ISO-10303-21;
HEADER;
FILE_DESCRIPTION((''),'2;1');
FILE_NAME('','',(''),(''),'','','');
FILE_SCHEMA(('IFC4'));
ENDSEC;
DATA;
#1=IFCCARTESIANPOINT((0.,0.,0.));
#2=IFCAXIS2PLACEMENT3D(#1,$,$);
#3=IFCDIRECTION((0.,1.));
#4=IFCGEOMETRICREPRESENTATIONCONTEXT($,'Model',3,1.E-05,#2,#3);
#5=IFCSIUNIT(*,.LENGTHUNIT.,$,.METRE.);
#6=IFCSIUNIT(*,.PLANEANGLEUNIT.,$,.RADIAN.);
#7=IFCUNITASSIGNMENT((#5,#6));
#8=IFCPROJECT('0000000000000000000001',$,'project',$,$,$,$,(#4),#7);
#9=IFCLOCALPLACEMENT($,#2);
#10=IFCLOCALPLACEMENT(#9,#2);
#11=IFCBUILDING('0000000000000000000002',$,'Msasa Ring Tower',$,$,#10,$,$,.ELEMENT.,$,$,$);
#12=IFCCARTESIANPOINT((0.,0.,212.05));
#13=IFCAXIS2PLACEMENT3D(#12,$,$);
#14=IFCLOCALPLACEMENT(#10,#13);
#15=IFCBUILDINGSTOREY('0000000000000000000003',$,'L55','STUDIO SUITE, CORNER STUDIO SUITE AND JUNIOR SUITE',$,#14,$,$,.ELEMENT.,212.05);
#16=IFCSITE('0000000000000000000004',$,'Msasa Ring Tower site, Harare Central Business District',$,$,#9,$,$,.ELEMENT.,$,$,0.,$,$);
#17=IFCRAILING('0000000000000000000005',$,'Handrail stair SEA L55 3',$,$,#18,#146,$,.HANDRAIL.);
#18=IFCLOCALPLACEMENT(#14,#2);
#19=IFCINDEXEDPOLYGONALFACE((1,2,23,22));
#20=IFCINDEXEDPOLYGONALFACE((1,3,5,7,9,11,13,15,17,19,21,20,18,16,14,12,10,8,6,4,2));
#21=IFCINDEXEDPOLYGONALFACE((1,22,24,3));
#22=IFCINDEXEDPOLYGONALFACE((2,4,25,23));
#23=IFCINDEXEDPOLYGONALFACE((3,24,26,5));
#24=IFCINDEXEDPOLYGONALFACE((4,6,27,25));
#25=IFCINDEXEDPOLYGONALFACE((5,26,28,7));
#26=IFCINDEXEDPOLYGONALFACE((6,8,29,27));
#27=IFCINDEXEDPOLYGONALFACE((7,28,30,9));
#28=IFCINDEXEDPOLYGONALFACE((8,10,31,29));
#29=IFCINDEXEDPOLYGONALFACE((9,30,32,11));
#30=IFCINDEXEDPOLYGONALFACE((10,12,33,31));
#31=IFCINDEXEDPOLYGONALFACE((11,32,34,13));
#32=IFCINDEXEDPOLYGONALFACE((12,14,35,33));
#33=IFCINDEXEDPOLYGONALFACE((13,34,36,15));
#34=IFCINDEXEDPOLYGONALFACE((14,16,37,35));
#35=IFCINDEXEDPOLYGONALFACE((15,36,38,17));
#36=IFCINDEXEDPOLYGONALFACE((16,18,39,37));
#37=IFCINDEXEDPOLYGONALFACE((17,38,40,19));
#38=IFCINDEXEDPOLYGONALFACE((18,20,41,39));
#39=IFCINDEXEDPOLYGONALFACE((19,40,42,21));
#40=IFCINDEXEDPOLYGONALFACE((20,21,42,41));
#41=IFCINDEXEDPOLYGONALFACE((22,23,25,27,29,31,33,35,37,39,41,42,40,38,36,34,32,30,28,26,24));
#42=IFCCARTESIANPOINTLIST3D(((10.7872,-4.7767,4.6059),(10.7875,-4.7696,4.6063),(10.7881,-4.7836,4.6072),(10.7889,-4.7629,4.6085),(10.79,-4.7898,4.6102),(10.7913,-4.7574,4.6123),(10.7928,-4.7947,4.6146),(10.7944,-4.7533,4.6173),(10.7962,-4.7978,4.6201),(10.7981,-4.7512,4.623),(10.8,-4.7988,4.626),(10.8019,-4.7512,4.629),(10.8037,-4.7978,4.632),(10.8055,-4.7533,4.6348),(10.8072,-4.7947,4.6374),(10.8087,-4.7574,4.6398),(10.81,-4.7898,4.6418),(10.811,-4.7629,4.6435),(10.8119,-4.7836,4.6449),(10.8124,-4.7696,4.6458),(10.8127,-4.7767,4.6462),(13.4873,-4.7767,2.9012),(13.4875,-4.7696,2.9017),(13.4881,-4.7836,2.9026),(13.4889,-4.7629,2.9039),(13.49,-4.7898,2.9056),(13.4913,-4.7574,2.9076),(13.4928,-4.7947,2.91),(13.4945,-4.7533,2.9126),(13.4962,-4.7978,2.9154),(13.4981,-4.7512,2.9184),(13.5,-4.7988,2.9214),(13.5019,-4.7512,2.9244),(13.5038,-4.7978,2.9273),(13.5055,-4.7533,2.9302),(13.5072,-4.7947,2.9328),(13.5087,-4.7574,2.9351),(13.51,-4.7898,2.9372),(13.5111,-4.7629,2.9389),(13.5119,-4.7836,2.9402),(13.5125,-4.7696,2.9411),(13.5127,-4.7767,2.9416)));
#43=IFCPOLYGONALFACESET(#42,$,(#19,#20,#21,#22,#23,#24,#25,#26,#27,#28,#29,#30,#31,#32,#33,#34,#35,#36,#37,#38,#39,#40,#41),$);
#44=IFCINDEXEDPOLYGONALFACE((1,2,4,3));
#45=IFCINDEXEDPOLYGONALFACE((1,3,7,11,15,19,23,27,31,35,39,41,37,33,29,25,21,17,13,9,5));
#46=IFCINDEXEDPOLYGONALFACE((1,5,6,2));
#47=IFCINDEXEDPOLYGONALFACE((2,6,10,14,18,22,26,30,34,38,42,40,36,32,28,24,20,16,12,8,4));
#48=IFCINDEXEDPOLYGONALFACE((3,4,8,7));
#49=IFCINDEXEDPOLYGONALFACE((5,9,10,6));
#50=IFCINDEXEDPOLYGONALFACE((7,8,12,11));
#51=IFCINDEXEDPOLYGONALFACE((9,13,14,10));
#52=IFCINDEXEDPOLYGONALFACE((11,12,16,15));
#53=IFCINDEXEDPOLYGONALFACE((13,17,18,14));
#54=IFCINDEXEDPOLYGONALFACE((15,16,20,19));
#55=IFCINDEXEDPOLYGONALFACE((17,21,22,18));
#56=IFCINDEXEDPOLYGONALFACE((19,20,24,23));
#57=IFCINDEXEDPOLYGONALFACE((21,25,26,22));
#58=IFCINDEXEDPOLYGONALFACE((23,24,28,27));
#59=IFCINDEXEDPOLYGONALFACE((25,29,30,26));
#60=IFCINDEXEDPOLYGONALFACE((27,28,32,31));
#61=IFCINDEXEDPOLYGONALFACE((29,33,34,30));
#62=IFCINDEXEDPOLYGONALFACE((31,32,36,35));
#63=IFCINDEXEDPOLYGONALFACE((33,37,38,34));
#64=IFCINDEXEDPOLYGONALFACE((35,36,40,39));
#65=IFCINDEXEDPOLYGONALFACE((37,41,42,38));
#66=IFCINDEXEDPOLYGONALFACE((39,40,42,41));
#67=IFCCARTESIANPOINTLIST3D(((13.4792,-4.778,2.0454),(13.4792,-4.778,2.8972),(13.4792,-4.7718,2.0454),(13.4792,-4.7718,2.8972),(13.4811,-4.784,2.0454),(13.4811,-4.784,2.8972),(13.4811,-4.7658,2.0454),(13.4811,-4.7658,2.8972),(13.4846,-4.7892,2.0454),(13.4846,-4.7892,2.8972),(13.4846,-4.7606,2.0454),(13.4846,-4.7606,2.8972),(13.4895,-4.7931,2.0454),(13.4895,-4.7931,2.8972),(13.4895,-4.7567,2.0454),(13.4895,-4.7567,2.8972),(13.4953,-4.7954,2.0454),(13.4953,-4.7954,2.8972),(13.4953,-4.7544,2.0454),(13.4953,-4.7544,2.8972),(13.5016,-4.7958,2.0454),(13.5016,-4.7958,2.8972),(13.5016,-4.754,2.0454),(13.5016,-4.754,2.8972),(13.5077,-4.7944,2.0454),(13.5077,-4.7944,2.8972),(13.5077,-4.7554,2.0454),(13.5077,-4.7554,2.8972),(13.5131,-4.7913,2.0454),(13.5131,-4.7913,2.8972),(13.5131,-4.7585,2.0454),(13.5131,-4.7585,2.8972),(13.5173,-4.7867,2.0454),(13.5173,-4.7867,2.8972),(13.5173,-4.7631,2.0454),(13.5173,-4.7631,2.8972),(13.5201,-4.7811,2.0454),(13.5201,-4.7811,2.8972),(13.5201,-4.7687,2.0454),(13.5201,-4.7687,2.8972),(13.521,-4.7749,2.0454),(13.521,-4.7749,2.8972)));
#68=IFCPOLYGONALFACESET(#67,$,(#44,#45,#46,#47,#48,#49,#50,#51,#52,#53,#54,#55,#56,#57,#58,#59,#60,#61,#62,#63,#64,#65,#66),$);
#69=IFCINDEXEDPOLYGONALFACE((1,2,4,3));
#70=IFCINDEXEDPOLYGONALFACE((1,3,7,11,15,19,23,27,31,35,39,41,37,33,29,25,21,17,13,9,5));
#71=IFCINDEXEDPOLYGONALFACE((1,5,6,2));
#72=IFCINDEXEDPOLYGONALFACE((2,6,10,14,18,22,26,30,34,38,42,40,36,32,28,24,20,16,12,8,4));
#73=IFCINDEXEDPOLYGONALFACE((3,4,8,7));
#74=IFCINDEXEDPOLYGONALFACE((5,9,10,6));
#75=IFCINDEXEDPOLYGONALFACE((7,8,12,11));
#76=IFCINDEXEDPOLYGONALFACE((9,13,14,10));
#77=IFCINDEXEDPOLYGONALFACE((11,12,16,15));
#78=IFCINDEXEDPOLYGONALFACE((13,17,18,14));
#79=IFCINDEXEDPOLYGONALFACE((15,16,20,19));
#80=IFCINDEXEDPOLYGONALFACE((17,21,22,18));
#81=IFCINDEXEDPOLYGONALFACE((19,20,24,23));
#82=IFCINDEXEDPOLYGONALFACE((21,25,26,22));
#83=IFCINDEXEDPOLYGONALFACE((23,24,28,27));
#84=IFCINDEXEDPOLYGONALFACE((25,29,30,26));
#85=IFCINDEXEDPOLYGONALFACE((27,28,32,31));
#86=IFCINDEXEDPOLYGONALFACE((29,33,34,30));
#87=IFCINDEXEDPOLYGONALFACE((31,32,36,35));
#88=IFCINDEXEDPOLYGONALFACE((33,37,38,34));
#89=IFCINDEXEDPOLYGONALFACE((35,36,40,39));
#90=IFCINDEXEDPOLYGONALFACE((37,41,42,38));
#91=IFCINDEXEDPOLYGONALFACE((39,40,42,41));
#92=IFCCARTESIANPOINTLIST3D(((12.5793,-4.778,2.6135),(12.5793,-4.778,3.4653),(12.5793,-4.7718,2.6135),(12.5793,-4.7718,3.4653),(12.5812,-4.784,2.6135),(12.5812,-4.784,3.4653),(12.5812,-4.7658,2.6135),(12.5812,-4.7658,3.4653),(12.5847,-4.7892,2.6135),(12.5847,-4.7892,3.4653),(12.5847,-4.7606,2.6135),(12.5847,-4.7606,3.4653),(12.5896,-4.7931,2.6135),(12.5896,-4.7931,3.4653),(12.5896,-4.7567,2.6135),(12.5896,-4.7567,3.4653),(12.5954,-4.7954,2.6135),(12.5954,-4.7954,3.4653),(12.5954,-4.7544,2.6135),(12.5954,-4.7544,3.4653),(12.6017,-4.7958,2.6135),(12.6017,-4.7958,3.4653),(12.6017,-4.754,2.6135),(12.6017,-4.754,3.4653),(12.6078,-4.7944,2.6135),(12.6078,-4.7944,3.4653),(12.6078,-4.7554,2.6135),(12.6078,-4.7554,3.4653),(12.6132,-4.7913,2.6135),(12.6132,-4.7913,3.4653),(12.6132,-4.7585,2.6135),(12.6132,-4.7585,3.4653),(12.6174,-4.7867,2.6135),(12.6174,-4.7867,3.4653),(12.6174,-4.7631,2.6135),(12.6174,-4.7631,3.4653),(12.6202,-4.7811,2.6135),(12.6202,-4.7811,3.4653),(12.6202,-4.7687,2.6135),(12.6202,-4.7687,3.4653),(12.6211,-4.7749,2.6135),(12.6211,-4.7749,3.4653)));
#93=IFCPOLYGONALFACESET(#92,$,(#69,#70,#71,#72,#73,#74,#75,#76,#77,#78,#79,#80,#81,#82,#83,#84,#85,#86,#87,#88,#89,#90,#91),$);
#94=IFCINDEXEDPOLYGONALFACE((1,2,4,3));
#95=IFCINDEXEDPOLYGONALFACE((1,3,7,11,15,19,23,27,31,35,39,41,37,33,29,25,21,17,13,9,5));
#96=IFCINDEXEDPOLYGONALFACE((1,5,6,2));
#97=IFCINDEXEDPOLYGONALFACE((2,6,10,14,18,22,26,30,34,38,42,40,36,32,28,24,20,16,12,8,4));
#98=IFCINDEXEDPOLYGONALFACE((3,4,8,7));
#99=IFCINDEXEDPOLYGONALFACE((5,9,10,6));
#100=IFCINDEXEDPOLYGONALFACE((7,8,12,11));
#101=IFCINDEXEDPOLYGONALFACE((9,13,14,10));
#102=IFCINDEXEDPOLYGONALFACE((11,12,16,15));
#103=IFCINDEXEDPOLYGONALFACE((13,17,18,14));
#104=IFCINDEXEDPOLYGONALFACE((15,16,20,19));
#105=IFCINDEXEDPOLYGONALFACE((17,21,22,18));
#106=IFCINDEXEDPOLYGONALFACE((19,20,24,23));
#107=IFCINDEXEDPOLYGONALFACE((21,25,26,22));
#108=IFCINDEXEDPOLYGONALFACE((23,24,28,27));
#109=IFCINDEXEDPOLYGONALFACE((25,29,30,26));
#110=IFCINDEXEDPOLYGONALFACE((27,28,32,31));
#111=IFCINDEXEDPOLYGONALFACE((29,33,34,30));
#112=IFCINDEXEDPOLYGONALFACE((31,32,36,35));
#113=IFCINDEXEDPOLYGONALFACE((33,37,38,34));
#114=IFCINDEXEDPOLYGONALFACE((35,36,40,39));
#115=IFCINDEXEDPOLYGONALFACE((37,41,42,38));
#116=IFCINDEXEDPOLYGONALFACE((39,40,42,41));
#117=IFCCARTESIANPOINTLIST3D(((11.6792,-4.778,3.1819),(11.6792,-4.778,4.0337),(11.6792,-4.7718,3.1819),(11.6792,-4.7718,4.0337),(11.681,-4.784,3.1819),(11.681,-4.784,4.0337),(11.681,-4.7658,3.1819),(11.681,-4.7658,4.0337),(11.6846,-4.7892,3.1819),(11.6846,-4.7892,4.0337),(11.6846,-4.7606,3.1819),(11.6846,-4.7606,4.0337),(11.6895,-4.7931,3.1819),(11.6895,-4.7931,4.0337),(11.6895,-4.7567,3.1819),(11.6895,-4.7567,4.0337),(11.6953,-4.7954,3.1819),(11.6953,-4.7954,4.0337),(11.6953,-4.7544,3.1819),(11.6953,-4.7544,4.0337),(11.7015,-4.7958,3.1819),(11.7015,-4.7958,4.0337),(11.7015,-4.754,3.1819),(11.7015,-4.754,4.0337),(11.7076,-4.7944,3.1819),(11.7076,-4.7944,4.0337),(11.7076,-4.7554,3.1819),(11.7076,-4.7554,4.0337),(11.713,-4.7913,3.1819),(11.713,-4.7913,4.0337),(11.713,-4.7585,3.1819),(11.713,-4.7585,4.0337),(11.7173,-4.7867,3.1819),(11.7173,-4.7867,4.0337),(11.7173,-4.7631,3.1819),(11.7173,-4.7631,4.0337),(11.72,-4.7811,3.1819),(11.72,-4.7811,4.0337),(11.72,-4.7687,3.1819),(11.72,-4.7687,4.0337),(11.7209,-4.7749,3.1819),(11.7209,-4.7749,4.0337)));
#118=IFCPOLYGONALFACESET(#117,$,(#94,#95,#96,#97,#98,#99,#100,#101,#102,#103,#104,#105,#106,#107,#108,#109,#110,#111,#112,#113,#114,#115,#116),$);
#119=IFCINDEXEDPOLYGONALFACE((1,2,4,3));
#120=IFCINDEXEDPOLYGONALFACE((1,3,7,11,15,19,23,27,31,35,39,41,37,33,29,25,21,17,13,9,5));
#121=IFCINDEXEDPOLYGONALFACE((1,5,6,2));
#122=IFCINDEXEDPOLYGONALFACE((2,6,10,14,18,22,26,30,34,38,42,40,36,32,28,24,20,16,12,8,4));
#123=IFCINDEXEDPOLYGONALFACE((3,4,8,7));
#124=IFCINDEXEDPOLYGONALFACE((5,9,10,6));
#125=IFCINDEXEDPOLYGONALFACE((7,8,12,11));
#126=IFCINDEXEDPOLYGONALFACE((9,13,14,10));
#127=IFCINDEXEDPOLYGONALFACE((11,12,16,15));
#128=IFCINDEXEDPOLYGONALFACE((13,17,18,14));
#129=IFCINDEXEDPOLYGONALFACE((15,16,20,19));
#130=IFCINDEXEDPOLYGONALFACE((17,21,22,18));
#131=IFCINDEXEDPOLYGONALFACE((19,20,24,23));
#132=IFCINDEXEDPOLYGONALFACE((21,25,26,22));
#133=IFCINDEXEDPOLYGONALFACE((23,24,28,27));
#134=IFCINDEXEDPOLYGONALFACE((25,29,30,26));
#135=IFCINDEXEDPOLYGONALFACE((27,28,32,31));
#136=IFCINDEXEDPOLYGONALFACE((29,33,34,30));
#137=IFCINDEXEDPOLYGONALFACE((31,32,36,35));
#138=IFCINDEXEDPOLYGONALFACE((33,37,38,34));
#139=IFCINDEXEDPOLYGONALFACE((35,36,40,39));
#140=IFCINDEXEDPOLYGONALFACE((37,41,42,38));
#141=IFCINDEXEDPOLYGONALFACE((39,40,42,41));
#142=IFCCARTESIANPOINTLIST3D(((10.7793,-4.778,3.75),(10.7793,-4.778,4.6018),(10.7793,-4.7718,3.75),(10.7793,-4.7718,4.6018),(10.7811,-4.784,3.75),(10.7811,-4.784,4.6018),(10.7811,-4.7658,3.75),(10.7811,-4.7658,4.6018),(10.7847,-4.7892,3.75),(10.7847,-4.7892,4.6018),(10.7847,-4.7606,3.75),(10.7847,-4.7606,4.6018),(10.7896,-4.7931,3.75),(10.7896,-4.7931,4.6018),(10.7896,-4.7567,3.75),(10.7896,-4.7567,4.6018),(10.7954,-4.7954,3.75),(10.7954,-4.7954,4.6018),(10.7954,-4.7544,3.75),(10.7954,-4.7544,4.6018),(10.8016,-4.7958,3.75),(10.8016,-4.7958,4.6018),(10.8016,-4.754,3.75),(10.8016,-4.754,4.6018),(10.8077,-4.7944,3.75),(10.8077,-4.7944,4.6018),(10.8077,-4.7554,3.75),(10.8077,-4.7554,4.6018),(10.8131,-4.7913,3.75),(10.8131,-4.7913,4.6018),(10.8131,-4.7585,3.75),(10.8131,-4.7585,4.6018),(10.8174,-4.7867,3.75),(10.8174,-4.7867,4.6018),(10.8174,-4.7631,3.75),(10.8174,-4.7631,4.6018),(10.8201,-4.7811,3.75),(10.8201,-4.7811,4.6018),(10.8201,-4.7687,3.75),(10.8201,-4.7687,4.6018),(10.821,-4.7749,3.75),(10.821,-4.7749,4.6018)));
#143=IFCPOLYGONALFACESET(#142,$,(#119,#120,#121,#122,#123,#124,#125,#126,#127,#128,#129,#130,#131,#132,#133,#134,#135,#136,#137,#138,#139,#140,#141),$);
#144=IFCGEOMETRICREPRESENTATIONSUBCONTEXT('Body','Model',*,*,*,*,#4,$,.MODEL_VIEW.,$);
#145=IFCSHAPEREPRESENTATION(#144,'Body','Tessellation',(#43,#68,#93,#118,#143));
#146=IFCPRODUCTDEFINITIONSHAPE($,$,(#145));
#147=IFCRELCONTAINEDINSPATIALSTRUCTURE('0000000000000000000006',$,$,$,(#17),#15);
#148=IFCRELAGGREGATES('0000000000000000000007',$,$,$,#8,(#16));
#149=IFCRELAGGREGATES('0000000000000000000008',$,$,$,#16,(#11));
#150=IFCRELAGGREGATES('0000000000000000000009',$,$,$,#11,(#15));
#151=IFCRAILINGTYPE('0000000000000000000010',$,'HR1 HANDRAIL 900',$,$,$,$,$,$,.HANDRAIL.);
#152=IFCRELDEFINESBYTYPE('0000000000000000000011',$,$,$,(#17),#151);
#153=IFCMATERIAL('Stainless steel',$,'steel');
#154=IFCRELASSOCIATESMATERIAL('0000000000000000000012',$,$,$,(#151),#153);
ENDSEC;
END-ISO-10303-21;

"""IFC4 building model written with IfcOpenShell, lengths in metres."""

from ifc_helpers import new_model, si_unit, direction, frame, origin, origin_2d, place, context, subcontext, project, spatial, circle, extrude, material, type_object, element, save


model = new_model("IFC4")

# Units and contexts
model_context = context("Model", 3, precision=1e-05, world=origin(), true_north=direction((0.0, 1.0)))
body_context = subcontext(model_context, "Body", "Model", "MODEL_VIEW")
ifc_project = project(units=[si_unit("LENGTHUNIT", "METRE"), si_unit("PLANEANGLEUNIT", "RADIAN")], contexts=[model_context])

# Site, building, storey
site_placement = place(None, origin())
site = spatial("IfcSite", under=ifc_project, at=site_placement, Name="Msasa Ring Tower site, Harare Central Business District", CompositionType="ELEMENT", RefElevation=0.0)
building_placement = place(site_placement, origin())
building = spatial("IfcBuilding", under=site, at=building_placement, Name="Msasa Ring Tower", CompositionType="ELEMENT")
storey_placement = place(building_placement, frame((0.0, 0.0, 212.05)))
storey = spatial("IfcBuildingStorey", under=building, at=storey_placement, Name="L55", Description="STUDIO SUITE, CORNER STUDIO SUITE AND JUNIOR SUITE", CompositionType="ELEMENT", Elevation=212.05)

# Railing
ifc_material_1 = material(Name="Stainless steel", Category="steel")
railing_type = type_object("IfcRailingType", Name="HR1 HANDRAIL 900", PredefinedType="HANDRAIL", material=ifc_material_1)
for number, where, name in (
    (1, (13.5, -4.7749, 2.0454), "Handrail stair SEA L55 3"),
):
    element("IfcRailing", number, at=place(storey_placement, frame(where)), inside=storey, type_object=railing_type, Name=name, PredefinedType="HANDRAIL", context=body_context, shape_type="SweptSolid", body=[
        extrude(circle(Radius=0.0239, at=origin_2d()), frame((0.0, 0.0, 0.876), z_axis=(-0.84558, 0.0, 0.533849), x_axis=(0.0, -1.0, 0.0)), (0.0, 0.0, 1.0), 3.1931),
        extrude(circle(Radius=0.021, at=origin_2d()), origin(), (0.0, 0.0, 1.0), 0.8518),
        extrude(circle(Radius=0.021, at=origin_2d()), frame((-0.8999, 0.0, 0.5681)), (0.0, 0.0, 1.0), 0.8518),
        extrude(circle(Radius=0.021, at=origin_2d()), frame((-1.8, 0.0, 1.1365)), (0.0, 0.0, 1.0), 0.8518),
        extrude(circle(Radius=0.021, at=origin_2d()), frame((-2.7, 0.0, 1.7046)), (0.0, 0.0, 1.0), 0.8518),
    ])

save(model, "model.ifc")
